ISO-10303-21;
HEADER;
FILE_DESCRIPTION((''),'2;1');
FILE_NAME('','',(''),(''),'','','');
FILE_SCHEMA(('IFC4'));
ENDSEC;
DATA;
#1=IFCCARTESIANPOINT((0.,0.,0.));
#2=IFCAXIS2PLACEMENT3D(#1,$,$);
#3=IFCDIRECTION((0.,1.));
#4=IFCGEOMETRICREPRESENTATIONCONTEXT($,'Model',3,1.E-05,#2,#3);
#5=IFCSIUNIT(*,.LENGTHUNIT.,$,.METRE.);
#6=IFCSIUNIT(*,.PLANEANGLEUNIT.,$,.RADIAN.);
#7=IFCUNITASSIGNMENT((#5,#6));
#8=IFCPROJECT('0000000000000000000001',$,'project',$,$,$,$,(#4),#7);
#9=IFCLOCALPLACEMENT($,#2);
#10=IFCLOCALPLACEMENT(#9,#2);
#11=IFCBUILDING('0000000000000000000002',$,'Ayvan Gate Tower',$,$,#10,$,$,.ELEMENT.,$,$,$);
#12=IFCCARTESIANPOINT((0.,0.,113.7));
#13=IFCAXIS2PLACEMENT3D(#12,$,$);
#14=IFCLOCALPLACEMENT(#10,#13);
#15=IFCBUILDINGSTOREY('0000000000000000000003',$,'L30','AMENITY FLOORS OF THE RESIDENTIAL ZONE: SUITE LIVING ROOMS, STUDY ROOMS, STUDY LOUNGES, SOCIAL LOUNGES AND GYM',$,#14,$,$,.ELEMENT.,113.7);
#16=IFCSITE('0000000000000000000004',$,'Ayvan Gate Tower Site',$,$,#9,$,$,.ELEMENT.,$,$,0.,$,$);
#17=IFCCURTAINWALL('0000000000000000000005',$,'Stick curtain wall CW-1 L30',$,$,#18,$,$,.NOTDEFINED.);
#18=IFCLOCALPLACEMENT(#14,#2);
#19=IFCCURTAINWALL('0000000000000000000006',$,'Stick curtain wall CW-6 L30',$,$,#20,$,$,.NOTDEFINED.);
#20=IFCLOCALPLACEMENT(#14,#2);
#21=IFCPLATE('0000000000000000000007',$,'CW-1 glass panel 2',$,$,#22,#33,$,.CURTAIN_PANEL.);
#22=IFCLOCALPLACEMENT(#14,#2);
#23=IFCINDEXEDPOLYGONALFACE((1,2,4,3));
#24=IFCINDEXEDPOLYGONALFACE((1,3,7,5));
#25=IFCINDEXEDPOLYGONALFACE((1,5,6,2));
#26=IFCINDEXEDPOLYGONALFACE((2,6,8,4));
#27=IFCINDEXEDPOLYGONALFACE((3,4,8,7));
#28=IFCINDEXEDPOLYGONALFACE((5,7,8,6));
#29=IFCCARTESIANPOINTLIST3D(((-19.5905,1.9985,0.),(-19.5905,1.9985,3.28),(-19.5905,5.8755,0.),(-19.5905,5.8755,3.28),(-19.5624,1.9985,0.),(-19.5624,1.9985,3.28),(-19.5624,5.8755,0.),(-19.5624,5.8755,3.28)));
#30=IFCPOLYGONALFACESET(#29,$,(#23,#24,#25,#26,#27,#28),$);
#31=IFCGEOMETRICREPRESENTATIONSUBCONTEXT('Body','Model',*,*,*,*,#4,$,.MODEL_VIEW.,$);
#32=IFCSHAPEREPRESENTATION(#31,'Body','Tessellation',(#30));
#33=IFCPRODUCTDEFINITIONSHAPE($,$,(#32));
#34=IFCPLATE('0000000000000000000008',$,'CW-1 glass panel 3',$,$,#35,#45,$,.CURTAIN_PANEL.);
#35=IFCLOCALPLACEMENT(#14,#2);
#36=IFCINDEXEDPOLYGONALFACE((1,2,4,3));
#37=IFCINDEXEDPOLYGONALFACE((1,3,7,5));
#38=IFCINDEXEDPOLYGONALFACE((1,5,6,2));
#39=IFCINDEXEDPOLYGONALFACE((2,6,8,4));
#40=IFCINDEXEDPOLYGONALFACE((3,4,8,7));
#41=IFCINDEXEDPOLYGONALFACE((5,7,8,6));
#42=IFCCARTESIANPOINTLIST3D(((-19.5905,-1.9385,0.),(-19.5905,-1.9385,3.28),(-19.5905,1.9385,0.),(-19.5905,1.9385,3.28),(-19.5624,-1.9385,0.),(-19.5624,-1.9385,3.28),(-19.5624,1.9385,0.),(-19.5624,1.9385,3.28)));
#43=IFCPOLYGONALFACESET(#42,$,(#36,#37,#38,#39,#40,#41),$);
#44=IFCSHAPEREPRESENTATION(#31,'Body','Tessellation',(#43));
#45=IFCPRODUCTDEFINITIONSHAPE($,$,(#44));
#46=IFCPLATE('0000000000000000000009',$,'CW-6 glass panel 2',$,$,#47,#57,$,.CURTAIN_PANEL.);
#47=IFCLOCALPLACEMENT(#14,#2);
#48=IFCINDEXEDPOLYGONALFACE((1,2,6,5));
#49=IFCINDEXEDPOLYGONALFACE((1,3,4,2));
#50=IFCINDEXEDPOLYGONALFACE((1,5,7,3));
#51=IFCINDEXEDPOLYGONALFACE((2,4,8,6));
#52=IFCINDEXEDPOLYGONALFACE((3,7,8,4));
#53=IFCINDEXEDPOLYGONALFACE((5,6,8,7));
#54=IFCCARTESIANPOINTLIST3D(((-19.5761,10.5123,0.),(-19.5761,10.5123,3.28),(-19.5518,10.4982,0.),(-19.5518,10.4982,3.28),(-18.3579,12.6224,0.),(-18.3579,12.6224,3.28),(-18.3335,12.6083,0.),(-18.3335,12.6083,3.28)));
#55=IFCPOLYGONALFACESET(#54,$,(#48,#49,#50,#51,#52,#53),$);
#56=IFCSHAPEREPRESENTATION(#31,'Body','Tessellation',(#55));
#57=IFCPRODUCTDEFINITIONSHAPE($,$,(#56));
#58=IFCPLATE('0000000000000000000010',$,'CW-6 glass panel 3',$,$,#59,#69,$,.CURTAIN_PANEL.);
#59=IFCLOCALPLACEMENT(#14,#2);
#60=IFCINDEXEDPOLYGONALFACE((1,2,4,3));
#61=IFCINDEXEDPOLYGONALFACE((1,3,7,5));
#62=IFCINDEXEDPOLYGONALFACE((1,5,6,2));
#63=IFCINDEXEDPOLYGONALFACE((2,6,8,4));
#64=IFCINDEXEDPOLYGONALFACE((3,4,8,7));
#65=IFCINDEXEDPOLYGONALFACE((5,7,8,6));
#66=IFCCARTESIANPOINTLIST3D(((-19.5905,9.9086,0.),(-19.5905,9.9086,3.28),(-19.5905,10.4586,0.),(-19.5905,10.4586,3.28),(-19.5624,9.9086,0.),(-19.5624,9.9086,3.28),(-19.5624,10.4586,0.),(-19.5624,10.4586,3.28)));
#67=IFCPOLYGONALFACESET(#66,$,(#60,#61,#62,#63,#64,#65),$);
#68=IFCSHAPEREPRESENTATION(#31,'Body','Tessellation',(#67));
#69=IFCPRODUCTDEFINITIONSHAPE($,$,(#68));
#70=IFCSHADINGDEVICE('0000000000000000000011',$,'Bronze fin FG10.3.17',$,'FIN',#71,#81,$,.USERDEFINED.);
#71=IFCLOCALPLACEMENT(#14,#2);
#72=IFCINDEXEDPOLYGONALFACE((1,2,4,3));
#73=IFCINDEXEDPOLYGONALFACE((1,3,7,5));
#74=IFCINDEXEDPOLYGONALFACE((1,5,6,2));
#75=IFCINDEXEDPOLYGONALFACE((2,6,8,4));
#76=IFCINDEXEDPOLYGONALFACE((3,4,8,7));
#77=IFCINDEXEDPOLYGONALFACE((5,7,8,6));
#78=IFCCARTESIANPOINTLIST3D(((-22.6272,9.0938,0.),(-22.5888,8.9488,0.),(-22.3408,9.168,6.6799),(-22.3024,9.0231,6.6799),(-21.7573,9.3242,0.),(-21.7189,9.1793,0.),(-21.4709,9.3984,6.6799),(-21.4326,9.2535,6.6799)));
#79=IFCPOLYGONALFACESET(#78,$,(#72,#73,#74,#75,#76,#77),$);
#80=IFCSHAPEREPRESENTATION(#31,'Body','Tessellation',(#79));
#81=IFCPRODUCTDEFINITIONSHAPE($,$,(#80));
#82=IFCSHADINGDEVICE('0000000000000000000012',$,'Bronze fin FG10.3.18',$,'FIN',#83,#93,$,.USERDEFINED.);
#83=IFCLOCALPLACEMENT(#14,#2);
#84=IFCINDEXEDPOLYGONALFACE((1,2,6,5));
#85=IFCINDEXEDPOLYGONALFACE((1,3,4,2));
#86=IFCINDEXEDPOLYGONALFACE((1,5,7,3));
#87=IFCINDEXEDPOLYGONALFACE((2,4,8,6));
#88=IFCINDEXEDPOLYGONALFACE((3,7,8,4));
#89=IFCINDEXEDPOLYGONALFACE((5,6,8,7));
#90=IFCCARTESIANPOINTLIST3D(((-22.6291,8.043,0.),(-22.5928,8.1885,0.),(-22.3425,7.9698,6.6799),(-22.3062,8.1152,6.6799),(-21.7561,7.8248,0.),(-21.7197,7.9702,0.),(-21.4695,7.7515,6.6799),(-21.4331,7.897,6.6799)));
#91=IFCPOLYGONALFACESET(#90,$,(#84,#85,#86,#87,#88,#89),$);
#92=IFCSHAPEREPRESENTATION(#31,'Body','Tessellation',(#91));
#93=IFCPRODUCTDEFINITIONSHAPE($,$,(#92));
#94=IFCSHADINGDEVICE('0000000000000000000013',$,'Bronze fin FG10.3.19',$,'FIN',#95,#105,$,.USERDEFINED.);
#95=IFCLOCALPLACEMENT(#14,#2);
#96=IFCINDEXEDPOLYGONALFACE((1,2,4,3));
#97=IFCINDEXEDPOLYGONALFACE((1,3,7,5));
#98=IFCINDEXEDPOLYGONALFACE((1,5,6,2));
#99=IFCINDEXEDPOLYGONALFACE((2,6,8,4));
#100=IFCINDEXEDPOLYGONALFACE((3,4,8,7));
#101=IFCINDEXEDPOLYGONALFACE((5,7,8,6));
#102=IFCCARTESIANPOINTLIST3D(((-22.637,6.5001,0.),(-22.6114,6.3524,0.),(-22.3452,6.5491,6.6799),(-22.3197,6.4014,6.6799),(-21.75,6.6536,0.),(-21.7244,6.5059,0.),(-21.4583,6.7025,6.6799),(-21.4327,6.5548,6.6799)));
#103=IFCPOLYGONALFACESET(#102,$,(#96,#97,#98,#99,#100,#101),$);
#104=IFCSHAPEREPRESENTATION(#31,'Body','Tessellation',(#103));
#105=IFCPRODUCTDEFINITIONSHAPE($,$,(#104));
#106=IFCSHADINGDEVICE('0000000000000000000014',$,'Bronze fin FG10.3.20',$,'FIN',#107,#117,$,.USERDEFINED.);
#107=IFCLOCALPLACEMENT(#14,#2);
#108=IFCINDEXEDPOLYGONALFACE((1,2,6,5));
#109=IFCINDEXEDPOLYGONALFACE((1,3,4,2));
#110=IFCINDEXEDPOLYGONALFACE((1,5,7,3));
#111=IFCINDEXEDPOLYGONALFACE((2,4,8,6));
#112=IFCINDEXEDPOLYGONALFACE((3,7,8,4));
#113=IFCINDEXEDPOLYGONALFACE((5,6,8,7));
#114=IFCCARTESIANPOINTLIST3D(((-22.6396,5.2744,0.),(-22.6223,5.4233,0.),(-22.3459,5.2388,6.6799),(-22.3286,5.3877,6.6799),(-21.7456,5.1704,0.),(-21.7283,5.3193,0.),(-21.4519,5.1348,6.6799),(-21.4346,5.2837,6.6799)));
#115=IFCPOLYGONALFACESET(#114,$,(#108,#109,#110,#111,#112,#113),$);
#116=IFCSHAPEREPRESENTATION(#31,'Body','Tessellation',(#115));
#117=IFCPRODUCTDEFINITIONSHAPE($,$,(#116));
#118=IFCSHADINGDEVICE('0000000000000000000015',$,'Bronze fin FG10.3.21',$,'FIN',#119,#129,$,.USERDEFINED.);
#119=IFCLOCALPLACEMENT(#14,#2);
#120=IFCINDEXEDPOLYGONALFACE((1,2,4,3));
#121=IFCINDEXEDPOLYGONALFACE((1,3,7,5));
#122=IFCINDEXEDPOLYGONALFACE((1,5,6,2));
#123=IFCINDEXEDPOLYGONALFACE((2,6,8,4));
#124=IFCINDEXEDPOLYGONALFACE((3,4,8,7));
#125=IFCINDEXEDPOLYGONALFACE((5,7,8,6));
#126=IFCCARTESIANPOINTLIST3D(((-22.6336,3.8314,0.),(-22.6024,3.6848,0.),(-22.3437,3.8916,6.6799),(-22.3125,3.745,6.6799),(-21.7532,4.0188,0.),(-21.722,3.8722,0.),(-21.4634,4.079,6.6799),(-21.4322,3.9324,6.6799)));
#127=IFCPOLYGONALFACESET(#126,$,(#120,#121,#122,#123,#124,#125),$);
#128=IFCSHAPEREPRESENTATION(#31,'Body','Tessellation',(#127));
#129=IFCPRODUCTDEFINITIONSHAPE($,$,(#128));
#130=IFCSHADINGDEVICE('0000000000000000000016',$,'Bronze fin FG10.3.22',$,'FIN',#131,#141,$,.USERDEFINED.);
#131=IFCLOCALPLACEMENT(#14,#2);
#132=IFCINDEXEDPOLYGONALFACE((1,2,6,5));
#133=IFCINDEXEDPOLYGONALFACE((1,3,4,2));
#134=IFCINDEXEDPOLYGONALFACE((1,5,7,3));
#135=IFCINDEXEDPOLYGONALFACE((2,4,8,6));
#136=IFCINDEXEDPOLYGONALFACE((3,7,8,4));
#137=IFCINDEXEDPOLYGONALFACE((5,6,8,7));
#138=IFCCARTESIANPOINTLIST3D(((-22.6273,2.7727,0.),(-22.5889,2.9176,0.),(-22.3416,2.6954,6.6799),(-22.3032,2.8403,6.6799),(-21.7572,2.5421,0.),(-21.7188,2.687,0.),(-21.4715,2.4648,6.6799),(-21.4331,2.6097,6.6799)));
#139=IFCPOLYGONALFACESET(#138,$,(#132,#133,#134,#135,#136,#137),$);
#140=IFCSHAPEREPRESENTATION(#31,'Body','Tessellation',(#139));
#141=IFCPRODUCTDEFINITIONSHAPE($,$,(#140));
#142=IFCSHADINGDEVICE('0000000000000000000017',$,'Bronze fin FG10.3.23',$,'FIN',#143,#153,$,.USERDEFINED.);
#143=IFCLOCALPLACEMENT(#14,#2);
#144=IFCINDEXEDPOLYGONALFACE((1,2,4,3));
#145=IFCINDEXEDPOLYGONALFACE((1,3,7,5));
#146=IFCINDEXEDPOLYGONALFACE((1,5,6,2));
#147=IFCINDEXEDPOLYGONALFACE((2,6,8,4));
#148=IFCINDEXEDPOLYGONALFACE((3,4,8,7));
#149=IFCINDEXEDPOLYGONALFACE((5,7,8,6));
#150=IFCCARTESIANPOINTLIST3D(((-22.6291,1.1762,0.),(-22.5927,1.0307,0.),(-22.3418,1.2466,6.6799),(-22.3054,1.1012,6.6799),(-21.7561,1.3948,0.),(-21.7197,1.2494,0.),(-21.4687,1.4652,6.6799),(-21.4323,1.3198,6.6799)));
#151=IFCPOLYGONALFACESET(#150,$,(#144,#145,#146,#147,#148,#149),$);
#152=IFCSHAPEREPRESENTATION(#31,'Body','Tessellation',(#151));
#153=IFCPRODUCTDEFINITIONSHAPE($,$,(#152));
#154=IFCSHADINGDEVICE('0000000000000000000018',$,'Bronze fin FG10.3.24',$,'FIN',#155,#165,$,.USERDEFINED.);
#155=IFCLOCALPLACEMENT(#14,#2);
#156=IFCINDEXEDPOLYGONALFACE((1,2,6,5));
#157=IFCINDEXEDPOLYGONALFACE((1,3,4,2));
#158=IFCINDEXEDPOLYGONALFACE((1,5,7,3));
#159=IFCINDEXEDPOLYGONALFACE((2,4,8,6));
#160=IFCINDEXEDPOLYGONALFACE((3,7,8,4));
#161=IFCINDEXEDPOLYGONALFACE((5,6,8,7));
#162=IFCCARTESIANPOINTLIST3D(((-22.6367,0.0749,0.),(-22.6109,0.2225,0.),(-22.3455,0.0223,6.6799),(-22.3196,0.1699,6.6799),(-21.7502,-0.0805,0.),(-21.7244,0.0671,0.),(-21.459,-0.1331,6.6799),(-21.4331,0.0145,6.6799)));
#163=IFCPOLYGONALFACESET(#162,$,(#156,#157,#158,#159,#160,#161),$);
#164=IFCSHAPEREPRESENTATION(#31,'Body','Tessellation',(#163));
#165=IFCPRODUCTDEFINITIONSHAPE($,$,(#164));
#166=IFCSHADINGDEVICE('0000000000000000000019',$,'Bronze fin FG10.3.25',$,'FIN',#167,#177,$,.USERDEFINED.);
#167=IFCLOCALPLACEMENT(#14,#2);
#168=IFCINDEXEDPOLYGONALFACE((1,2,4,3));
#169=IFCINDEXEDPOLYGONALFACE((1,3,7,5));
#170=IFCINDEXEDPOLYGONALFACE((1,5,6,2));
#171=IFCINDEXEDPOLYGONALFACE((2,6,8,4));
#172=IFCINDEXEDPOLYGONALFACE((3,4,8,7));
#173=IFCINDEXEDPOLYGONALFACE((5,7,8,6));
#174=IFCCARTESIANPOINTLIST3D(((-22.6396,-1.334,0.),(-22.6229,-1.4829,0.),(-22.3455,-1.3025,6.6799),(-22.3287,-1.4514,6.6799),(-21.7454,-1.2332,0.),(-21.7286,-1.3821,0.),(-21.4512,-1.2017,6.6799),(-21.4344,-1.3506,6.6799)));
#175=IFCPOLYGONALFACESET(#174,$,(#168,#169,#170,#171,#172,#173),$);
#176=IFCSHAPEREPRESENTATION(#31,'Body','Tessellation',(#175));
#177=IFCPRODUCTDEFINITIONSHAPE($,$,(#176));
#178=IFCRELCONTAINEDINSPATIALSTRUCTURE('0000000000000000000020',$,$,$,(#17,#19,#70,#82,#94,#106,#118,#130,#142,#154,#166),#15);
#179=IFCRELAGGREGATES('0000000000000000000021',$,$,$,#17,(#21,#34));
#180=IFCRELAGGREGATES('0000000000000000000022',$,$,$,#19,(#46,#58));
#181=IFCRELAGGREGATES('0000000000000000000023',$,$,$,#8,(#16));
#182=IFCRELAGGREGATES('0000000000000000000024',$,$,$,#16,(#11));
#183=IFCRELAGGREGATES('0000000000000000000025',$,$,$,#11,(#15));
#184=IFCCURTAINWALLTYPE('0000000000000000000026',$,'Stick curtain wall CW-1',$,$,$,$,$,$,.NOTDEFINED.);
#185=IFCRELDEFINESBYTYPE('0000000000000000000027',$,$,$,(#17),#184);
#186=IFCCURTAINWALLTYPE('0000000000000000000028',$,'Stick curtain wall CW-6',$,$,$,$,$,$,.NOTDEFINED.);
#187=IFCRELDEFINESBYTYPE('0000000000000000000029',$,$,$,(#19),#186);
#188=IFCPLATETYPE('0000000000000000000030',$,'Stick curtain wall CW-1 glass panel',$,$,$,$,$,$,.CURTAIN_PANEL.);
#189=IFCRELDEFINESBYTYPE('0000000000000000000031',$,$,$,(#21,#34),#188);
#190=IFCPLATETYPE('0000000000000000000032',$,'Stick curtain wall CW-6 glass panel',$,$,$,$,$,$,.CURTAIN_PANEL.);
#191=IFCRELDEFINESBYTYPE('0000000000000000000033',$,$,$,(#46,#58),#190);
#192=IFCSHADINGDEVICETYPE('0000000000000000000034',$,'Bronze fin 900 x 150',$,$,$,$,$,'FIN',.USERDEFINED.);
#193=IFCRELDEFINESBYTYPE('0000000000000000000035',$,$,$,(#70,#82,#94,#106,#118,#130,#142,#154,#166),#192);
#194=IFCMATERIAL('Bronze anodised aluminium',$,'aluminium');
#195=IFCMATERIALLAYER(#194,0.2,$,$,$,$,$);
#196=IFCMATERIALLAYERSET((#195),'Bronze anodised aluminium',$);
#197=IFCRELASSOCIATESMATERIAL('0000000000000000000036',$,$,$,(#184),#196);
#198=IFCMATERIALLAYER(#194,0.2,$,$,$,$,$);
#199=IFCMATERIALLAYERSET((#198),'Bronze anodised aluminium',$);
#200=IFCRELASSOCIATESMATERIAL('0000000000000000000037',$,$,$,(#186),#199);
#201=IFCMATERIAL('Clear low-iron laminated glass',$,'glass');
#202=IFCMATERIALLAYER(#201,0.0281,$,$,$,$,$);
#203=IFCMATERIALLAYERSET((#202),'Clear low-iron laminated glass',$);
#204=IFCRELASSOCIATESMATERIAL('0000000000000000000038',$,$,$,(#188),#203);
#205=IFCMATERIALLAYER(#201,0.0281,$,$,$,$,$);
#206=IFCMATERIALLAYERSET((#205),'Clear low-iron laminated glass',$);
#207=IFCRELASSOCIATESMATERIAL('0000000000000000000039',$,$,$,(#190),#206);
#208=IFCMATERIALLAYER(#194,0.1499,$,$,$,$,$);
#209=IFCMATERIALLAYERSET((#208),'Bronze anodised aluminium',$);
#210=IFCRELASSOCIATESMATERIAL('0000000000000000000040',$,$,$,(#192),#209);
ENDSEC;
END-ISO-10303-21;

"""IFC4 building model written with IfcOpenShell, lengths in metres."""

from ifc_helpers import new_model, si_unit, direction, frame, origin, origin_2d, place, context, subcontext, project, spatial, polyline, rectangle, outline, extrude, material, layer, layer_set, type_object, element, aggregate, save


model = new_model("IFC4")

# Units and contexts
model_context = context("Model", 3, precision=1e-05, world=origin(), true_north=direction((0.0, 1.0)))
body_context = subcontext(model_context, "Body", "Model", "MODEL_VIEW")
ifc_project = project(units=[si_unit("LENGTHUNIT", "METRE"), si_unit("PLANEANGLEUNIT", "RADIAN")], contexts=[model_context])

# Site, building, storey
site_placement = place(None, origin())
site = spatial("IfcSite", under=ifc_project, at=site_placement, Name="Ayvan Gate Tower Site", CompositionType="ELEMENT", RefElevation=0.0)
building_placement = place(site_placement, origin())
building = spatial("IfcBuilding", under=site, at=building_placement, Name="Ayvan Gate Tower", CompositionType="ELEMENT")
storey_placement = place(building_placement, frame((0.0, 0.0, 113.7)))
storey = spatial("IfcBuildingStorey", under=building, at=storey_placement, Name="L30", Description="AMENITY FLOORS OF THE RESIDENTIAL ZONE: SUITE LIVING ROOMS, STUDY ROOMS, STUDY LOUNGES, SOCIAL LOUNGES AND GYM", CompositionType="ELEMENT", Elevation=113.7)

# Curtain walls
ifc_material_1 = material(Name="Bronze anodised aluminium", Category="aluminium")
ifc_layer_1 = layer(ifc_material_1, 0.2)
ifc_layer_set_1 = layer_set([ifc_layer_1], Name="Bronze anodised aluminium")
curtain_wall_type_1 = type_object("IfcCurtainWallType", Name="Stick curtain wall CW-1", PredefinedType="NOTDEFINED", material=ifc_layer_set_1)
curtain_wall_1_placement = place(storey_placement, origin())
curtain_wall_1 = element("IfcCurtainWall", 1, at=curtain_wall_1_placement, inside=storey, type_object=curtain_wall_type_1, Name="Stick curtain wall CW-1 L30", PredefinedType="NOTDEFINED")
ifc_layer_2 = layer(ifc_material_1, 0.2)
ifc_layer_set_2 = layer_set([ifc_layer_2], Name="Bronze anodised aluminium")
curtain_wall_type_2 = type_object("IfcCurtainWallType", Name="Stick curtain wall CW-6", PredefinedType="NOTDEFINED", material=ifc_layer_set_2)
curtain_wall_2_placement = place(storey_placement, origin())
curtain_wall_2 = element("IfcCurtainWall", 2, at=curtain_wall_2_placement, inside=storey, type_object=curtain_wall_type_2, Name="Stick curtain wall CW-6 L30", PredefinedType="NOTDEFINED")

# Plates
ifc_material_2 = material(Name="Clear low-iron laminated glass", Category="glass")
ifc_layer_3 = layer(ifc_material_2, 0.0281)
ifc_layer_set_3 = layer_set([ifc_layer_3], Name="Clear low-iron laminated glass")
plate_type_1 = type_object("IfcPlateType", Name="Stick curtain wall CW-1 glass panel", PredefinedType="CURTAIN_PANEL", material=ifc_layer_set_3)
plate_1_placement = place(storey_placement, frame((-19.5764, 3.937, 0.0), z_axis=(0.0, 0.0, 1.0), x_axis=(0.0, -1.0, 0.0)))
plate_1 = element("IfcPlate", 3, at=plate_1_placement, type_object=plate_type_1, Name="CW-1 glass panel 2", PredefinedType="CURTAIN_PANEL", context=body_context, shape_type="SweptSolid", body=[
    extrude(rectangle(XDim=3.877, YDim=0.0281, at=origin_2d()), origin(), (0.0, 0.0, 1.0), 3.28),
])
plate_2_placement = place(storey_placement, frame((-19.5764, 0.0, 0.0), z_axis=(0.0, 0.0, 1.0), x_axis=(0.0, -1.0, 0.0)))
plate_2 = element("IfcPlate", 4, at=plate_2_placement, type_object=plate_type_1, Name="CW-1 glass panel 3", PredefinedType="CURTAIN_PANEL", context=body_context, shape_type="SweptSolid", body=[
    extrude(rectangle(XDim=3.877, YDim=0.0281, at=origin_2d()), origin(), (0.0, 0.0, 1.0), 3.28),
])
aggregate(curtain_wall_1, [plate_1, plate_2])
ifc_layer_4 = layer(ifc_material_2, 0.0281)
ifc_layer_set_4 = layer_set([ifc_layer_4], Name="Clear low-iron laminated glass")
plate_type_2 = type_object("IfcPlateType", Name="Stick curtain wall CW-6 glass panel", PredefinedType="CURTAIN_PANEL", material=ifc_layer_set_4)
plate_3_placement = place(storey_placement, frame((-18.9548, 11.5603, 0.0), z_axis=(0.0, 0.0, 1.0), x_axis=(-0.5, -0.866025, 0.0)))
plate_3 = element("IfcPlate", 5, at=plate_3_placement, type_object=plate_type_2, Name="CW-6 glass panel 2", PredefinedType="CURTAIN_PANEL", context=body_context, shape_type="SweptSolid", body=[
    extrude(rectangle(XDim=2.4365, YDim=0.0281, at=origin_2d()), origin(), (0.0, 0.0, 1.0), 3.28),
])
plate_4_placement = place(storey_placement, frame((-19.5764, 10.1836, 0.0), z_axis=(0.0, 0.0, 1.0), x_axis=(0.0, -1.0, 0.0)))
plate_4 = element("IfcPlate", 6, at=plate_4_placement, type_object=plate_type_2, Name="CW-6 glass panel 3", PredefinedType="CURTAIN_PANEL", context=body_context, shape_type="SweptSolid", body=[
    extrude(rectangle(XDim=0.55, YDim=0.0281, at=origin_2d()), origin(), (0.0, 0.0, 1.0), 3.28),
])
aggregate(curtain_wall_2, [plate_3, plate_4])

# Shading devices
ifc_layer_5 = layer(ifc_material_1, 0.1499)
ifc_layer_set_5 = layer_set([ifc_layer_5], Name="Bronze anodised aluminium")
shading_device_type = type_object("IfcShadingDeviceType", Name="Bronze fin 900 x 150", ElementType="FIN", PredefinedType="USERDEFINED", material=ifc_layer_set_5)
shading_device_1_placement = place(storey_placement, frame((-21.7573, 9.3242, 0.0), z_axis=(-0.256109, 0.966648, 0.00024), x_axis=(-0.966648, -0.256109, 0.0)))
element("IfcShadingDevice", 7, at=shading_device_1_placement, inside=storey, type_object=shading_device_type, Name="Bronze fin FG10.3.17", ObjectType="FIN", PredefinedType="USERDEFINED", context=body_context, shape_type="SweptSolid", body=[
    extrude(outline(polyline([(0.0, 0.0), (0.8999, 0.0), (0.6041, 6.6799), (-0.2958, 6.6799), (0.0, 0.0)])), origin(), (0.0, 0.0, -1.0), 0.1499),
])
shading_device_2_placement = place(storey_placement, frame((-21.7197, 7.9702, 0.0), z_axis=(0.242536, 0.970142, 0.00023), x_axis=(-0.970143, 0.242536, 0.0)))
element("IfcShadingDevice", 8, at=shading_device_2_placement, inside=storey, type_object=shading_device_type, Name="Bronze fin FG10.3.18", ObjectType="FIN", PredefinedType="USERDEFINED", context=body_context, shape_type="SweptSolid", body=[
    extrude(outline(polyline([(0.0, 0.0), (0.8999, 0.0), (0.6041, 6.6799), (-0.2958, 6.6799), (0.0, 0.0)])), origin(), (0.0, 0.0, -1.0), 0.1499),
])
shading_device_3_placement = place(storey_placement, frame((-21.75, 6.6536, 0.0), z_axis=(-0.170465, 0.985364, 0.000224), x_axis=(-0.985364, -0.170465, 0.0)))
element("IfcShadingDevice", 9, at=shading_device_3_placement, inside=storey, type_object=shading_device_type, Name="Bronze fin FG10.3.19", ObjectType="FIN", PredefinedType="USERDEFINED", context=body_context, shape_type="SweptSolid", body=[
    extrude(outline(polyline([(0.0, 0.0), (0.9002, 0.0), (0.6043, 6.6799), (-0.2958, 6.6799), (0.0, 0.0)])), origin(), (0.0, 0.0, -1.0), 0.1499),
])
shading_device_4_placement = place(storey_placement, frame((-21.7283, 5.3193, 0.0), z_axis=(0.115551, 0.993302, 0.00022), x_axis=(-0.993302, 0.115551, 0.0)))
element("IfcShadingDevice", 10, at=shading_device_4_placement, inside=storey, type_object=shading_device_type, Name="Bronze fin FG10.3.20", ObjectType="FIN", PredefinedType="USERDEFINED", context=body_context, shape_type="SweptSolid", body=[
    extrude(outline(polyline([(0.0, 0.0), (0.9001, 0.0), (0.6042, 6.6799), (-0.2959, 6.6799), (0.0, 0.0)])), origin(), (0.0, 0.0, -1.0), 0.1499),
])
shading_device_5_placement = place(storey_placement, frame((-21.7532, 4.0188, 0.0), z_axis=(-0.208177, 0.978091, 0.00022), x_axis=(-0.978091, -0.208177, 0.0)))
element("IfcShadingDevice", 11, at=shading_device_5_placement, inside=storey, type_object=shading_device_type, Name="Bronze fin FG10.3.21", ObjectType="FIN", PredefinedType="USERDEFINED", context=body_context, shape_type="SweptSolid", body=[
    extrude(outline(polyline([(0.0, 0.0), (0.9001, 0.0), (0.6041, 6.6799), (-0.2959, 6.6799), (0.0, 0.0)])), origin(), (0.0, 0.0, -1.0), 0.1499),
])
shading_device_6_placement = place(storey_placement, frame((-21.7188, 2.687, 0.0), z_axis=(0.256168, 0.966632, 0.000227), x_axis=(-0.966632, 0.256168, 0.0)))
element("IfcShadingDevice", 12, at=shading_device_6_placement, inside=storey, type_object=shading_device_type, Name="Bronze fin FG10.3.22", ObjectType="FIN", PredefinedType="USERDEFINED", context=body_context, shape_type="SweptSolid", body=[
    extrude(outline(polyline([(0.0, 0.0), (0.9002, 0.0), (0.6042, 6.6799), (-0.2959, 6.6799), (0.0, 0.0)])), origin(), (0.0, 0.0, -1.0), 0.1499),
])
shading_device_7_placement = place(storey_placement, frame((-21.7561, 1.3948, 0.0), z_axis=(-0.242919, 0.970047, 0.000221), x_axis=(-0.970047, -0.242919, 0.0)))
element("IfcShadingDevice", 13, at=shading_device_7_placement, inside=storey, type_object=shading_device_type, Name="Bronze fin FG10.3.23", ObjectType="FIN", PredefinedType="USERDEFINED", context=body_context, shape_type="SweptSolid", body=[
    extrude(outline(polyline([(0.0, 0.0), (0.9, 0.0), (0.6041, 6.6799), (-0.2959, 6.6799), (0.0, 0.0)])), origin(), (0.0, 0.0, -1.0), 0.1499),
])
shading_device_8_placement = place(storey_placement, frame((-21.7244, 0.0671, 0.0), z_axis=(0.172663, 0.984981, 0.000229), x_axis=(-0.984981, 0.172663, 0.0)))
element("IfcShadingDevice", 14, at=shading_device_8_placement, inside=storey, type_object=shading_device_type, Name="Bronze fin FG10.3.24", ObjectType="FIN", PredefinedType="USERDEFINED", context=body_context, shape_type="SweptSolid", body=[
    extrude(outline(polyline([(0.0, 0.0), (0.9, 0.0), (0.604, 6.6799), (-0.2959, 6.6799), (0.0, 0.0)])), origin(), (0.0, 0.0, -1.0), 0.1499),
])
shading_device_9_placement = place(storey_placement, frame((-21.7454, -1.2332, 0.0), z_axis=(-0.112039, 0.993704, 0.000249), x_axis=(-0.993704, -0.112039, 0.0)))
element("IfcShadingDevice", 15, at=shading_device_9_placement, inside=storey, type_object=shading_device_type, Name="Bronze fin FG10.3.25", ObjectType="FIN", PredefinedType="USERDEFINED", context=body_context, shape_type="SweptSolid", body=[
    extrude(outline(polyline([(0.0, 0.0), (0.9, 0.0), (0.6041, 6.6799), (-0.2959, 6.6799), (0.0, 0.0)])), origin(), (0.0, 0.0, -1.0), 0.1499),
])

save(model, "model.ifc")
